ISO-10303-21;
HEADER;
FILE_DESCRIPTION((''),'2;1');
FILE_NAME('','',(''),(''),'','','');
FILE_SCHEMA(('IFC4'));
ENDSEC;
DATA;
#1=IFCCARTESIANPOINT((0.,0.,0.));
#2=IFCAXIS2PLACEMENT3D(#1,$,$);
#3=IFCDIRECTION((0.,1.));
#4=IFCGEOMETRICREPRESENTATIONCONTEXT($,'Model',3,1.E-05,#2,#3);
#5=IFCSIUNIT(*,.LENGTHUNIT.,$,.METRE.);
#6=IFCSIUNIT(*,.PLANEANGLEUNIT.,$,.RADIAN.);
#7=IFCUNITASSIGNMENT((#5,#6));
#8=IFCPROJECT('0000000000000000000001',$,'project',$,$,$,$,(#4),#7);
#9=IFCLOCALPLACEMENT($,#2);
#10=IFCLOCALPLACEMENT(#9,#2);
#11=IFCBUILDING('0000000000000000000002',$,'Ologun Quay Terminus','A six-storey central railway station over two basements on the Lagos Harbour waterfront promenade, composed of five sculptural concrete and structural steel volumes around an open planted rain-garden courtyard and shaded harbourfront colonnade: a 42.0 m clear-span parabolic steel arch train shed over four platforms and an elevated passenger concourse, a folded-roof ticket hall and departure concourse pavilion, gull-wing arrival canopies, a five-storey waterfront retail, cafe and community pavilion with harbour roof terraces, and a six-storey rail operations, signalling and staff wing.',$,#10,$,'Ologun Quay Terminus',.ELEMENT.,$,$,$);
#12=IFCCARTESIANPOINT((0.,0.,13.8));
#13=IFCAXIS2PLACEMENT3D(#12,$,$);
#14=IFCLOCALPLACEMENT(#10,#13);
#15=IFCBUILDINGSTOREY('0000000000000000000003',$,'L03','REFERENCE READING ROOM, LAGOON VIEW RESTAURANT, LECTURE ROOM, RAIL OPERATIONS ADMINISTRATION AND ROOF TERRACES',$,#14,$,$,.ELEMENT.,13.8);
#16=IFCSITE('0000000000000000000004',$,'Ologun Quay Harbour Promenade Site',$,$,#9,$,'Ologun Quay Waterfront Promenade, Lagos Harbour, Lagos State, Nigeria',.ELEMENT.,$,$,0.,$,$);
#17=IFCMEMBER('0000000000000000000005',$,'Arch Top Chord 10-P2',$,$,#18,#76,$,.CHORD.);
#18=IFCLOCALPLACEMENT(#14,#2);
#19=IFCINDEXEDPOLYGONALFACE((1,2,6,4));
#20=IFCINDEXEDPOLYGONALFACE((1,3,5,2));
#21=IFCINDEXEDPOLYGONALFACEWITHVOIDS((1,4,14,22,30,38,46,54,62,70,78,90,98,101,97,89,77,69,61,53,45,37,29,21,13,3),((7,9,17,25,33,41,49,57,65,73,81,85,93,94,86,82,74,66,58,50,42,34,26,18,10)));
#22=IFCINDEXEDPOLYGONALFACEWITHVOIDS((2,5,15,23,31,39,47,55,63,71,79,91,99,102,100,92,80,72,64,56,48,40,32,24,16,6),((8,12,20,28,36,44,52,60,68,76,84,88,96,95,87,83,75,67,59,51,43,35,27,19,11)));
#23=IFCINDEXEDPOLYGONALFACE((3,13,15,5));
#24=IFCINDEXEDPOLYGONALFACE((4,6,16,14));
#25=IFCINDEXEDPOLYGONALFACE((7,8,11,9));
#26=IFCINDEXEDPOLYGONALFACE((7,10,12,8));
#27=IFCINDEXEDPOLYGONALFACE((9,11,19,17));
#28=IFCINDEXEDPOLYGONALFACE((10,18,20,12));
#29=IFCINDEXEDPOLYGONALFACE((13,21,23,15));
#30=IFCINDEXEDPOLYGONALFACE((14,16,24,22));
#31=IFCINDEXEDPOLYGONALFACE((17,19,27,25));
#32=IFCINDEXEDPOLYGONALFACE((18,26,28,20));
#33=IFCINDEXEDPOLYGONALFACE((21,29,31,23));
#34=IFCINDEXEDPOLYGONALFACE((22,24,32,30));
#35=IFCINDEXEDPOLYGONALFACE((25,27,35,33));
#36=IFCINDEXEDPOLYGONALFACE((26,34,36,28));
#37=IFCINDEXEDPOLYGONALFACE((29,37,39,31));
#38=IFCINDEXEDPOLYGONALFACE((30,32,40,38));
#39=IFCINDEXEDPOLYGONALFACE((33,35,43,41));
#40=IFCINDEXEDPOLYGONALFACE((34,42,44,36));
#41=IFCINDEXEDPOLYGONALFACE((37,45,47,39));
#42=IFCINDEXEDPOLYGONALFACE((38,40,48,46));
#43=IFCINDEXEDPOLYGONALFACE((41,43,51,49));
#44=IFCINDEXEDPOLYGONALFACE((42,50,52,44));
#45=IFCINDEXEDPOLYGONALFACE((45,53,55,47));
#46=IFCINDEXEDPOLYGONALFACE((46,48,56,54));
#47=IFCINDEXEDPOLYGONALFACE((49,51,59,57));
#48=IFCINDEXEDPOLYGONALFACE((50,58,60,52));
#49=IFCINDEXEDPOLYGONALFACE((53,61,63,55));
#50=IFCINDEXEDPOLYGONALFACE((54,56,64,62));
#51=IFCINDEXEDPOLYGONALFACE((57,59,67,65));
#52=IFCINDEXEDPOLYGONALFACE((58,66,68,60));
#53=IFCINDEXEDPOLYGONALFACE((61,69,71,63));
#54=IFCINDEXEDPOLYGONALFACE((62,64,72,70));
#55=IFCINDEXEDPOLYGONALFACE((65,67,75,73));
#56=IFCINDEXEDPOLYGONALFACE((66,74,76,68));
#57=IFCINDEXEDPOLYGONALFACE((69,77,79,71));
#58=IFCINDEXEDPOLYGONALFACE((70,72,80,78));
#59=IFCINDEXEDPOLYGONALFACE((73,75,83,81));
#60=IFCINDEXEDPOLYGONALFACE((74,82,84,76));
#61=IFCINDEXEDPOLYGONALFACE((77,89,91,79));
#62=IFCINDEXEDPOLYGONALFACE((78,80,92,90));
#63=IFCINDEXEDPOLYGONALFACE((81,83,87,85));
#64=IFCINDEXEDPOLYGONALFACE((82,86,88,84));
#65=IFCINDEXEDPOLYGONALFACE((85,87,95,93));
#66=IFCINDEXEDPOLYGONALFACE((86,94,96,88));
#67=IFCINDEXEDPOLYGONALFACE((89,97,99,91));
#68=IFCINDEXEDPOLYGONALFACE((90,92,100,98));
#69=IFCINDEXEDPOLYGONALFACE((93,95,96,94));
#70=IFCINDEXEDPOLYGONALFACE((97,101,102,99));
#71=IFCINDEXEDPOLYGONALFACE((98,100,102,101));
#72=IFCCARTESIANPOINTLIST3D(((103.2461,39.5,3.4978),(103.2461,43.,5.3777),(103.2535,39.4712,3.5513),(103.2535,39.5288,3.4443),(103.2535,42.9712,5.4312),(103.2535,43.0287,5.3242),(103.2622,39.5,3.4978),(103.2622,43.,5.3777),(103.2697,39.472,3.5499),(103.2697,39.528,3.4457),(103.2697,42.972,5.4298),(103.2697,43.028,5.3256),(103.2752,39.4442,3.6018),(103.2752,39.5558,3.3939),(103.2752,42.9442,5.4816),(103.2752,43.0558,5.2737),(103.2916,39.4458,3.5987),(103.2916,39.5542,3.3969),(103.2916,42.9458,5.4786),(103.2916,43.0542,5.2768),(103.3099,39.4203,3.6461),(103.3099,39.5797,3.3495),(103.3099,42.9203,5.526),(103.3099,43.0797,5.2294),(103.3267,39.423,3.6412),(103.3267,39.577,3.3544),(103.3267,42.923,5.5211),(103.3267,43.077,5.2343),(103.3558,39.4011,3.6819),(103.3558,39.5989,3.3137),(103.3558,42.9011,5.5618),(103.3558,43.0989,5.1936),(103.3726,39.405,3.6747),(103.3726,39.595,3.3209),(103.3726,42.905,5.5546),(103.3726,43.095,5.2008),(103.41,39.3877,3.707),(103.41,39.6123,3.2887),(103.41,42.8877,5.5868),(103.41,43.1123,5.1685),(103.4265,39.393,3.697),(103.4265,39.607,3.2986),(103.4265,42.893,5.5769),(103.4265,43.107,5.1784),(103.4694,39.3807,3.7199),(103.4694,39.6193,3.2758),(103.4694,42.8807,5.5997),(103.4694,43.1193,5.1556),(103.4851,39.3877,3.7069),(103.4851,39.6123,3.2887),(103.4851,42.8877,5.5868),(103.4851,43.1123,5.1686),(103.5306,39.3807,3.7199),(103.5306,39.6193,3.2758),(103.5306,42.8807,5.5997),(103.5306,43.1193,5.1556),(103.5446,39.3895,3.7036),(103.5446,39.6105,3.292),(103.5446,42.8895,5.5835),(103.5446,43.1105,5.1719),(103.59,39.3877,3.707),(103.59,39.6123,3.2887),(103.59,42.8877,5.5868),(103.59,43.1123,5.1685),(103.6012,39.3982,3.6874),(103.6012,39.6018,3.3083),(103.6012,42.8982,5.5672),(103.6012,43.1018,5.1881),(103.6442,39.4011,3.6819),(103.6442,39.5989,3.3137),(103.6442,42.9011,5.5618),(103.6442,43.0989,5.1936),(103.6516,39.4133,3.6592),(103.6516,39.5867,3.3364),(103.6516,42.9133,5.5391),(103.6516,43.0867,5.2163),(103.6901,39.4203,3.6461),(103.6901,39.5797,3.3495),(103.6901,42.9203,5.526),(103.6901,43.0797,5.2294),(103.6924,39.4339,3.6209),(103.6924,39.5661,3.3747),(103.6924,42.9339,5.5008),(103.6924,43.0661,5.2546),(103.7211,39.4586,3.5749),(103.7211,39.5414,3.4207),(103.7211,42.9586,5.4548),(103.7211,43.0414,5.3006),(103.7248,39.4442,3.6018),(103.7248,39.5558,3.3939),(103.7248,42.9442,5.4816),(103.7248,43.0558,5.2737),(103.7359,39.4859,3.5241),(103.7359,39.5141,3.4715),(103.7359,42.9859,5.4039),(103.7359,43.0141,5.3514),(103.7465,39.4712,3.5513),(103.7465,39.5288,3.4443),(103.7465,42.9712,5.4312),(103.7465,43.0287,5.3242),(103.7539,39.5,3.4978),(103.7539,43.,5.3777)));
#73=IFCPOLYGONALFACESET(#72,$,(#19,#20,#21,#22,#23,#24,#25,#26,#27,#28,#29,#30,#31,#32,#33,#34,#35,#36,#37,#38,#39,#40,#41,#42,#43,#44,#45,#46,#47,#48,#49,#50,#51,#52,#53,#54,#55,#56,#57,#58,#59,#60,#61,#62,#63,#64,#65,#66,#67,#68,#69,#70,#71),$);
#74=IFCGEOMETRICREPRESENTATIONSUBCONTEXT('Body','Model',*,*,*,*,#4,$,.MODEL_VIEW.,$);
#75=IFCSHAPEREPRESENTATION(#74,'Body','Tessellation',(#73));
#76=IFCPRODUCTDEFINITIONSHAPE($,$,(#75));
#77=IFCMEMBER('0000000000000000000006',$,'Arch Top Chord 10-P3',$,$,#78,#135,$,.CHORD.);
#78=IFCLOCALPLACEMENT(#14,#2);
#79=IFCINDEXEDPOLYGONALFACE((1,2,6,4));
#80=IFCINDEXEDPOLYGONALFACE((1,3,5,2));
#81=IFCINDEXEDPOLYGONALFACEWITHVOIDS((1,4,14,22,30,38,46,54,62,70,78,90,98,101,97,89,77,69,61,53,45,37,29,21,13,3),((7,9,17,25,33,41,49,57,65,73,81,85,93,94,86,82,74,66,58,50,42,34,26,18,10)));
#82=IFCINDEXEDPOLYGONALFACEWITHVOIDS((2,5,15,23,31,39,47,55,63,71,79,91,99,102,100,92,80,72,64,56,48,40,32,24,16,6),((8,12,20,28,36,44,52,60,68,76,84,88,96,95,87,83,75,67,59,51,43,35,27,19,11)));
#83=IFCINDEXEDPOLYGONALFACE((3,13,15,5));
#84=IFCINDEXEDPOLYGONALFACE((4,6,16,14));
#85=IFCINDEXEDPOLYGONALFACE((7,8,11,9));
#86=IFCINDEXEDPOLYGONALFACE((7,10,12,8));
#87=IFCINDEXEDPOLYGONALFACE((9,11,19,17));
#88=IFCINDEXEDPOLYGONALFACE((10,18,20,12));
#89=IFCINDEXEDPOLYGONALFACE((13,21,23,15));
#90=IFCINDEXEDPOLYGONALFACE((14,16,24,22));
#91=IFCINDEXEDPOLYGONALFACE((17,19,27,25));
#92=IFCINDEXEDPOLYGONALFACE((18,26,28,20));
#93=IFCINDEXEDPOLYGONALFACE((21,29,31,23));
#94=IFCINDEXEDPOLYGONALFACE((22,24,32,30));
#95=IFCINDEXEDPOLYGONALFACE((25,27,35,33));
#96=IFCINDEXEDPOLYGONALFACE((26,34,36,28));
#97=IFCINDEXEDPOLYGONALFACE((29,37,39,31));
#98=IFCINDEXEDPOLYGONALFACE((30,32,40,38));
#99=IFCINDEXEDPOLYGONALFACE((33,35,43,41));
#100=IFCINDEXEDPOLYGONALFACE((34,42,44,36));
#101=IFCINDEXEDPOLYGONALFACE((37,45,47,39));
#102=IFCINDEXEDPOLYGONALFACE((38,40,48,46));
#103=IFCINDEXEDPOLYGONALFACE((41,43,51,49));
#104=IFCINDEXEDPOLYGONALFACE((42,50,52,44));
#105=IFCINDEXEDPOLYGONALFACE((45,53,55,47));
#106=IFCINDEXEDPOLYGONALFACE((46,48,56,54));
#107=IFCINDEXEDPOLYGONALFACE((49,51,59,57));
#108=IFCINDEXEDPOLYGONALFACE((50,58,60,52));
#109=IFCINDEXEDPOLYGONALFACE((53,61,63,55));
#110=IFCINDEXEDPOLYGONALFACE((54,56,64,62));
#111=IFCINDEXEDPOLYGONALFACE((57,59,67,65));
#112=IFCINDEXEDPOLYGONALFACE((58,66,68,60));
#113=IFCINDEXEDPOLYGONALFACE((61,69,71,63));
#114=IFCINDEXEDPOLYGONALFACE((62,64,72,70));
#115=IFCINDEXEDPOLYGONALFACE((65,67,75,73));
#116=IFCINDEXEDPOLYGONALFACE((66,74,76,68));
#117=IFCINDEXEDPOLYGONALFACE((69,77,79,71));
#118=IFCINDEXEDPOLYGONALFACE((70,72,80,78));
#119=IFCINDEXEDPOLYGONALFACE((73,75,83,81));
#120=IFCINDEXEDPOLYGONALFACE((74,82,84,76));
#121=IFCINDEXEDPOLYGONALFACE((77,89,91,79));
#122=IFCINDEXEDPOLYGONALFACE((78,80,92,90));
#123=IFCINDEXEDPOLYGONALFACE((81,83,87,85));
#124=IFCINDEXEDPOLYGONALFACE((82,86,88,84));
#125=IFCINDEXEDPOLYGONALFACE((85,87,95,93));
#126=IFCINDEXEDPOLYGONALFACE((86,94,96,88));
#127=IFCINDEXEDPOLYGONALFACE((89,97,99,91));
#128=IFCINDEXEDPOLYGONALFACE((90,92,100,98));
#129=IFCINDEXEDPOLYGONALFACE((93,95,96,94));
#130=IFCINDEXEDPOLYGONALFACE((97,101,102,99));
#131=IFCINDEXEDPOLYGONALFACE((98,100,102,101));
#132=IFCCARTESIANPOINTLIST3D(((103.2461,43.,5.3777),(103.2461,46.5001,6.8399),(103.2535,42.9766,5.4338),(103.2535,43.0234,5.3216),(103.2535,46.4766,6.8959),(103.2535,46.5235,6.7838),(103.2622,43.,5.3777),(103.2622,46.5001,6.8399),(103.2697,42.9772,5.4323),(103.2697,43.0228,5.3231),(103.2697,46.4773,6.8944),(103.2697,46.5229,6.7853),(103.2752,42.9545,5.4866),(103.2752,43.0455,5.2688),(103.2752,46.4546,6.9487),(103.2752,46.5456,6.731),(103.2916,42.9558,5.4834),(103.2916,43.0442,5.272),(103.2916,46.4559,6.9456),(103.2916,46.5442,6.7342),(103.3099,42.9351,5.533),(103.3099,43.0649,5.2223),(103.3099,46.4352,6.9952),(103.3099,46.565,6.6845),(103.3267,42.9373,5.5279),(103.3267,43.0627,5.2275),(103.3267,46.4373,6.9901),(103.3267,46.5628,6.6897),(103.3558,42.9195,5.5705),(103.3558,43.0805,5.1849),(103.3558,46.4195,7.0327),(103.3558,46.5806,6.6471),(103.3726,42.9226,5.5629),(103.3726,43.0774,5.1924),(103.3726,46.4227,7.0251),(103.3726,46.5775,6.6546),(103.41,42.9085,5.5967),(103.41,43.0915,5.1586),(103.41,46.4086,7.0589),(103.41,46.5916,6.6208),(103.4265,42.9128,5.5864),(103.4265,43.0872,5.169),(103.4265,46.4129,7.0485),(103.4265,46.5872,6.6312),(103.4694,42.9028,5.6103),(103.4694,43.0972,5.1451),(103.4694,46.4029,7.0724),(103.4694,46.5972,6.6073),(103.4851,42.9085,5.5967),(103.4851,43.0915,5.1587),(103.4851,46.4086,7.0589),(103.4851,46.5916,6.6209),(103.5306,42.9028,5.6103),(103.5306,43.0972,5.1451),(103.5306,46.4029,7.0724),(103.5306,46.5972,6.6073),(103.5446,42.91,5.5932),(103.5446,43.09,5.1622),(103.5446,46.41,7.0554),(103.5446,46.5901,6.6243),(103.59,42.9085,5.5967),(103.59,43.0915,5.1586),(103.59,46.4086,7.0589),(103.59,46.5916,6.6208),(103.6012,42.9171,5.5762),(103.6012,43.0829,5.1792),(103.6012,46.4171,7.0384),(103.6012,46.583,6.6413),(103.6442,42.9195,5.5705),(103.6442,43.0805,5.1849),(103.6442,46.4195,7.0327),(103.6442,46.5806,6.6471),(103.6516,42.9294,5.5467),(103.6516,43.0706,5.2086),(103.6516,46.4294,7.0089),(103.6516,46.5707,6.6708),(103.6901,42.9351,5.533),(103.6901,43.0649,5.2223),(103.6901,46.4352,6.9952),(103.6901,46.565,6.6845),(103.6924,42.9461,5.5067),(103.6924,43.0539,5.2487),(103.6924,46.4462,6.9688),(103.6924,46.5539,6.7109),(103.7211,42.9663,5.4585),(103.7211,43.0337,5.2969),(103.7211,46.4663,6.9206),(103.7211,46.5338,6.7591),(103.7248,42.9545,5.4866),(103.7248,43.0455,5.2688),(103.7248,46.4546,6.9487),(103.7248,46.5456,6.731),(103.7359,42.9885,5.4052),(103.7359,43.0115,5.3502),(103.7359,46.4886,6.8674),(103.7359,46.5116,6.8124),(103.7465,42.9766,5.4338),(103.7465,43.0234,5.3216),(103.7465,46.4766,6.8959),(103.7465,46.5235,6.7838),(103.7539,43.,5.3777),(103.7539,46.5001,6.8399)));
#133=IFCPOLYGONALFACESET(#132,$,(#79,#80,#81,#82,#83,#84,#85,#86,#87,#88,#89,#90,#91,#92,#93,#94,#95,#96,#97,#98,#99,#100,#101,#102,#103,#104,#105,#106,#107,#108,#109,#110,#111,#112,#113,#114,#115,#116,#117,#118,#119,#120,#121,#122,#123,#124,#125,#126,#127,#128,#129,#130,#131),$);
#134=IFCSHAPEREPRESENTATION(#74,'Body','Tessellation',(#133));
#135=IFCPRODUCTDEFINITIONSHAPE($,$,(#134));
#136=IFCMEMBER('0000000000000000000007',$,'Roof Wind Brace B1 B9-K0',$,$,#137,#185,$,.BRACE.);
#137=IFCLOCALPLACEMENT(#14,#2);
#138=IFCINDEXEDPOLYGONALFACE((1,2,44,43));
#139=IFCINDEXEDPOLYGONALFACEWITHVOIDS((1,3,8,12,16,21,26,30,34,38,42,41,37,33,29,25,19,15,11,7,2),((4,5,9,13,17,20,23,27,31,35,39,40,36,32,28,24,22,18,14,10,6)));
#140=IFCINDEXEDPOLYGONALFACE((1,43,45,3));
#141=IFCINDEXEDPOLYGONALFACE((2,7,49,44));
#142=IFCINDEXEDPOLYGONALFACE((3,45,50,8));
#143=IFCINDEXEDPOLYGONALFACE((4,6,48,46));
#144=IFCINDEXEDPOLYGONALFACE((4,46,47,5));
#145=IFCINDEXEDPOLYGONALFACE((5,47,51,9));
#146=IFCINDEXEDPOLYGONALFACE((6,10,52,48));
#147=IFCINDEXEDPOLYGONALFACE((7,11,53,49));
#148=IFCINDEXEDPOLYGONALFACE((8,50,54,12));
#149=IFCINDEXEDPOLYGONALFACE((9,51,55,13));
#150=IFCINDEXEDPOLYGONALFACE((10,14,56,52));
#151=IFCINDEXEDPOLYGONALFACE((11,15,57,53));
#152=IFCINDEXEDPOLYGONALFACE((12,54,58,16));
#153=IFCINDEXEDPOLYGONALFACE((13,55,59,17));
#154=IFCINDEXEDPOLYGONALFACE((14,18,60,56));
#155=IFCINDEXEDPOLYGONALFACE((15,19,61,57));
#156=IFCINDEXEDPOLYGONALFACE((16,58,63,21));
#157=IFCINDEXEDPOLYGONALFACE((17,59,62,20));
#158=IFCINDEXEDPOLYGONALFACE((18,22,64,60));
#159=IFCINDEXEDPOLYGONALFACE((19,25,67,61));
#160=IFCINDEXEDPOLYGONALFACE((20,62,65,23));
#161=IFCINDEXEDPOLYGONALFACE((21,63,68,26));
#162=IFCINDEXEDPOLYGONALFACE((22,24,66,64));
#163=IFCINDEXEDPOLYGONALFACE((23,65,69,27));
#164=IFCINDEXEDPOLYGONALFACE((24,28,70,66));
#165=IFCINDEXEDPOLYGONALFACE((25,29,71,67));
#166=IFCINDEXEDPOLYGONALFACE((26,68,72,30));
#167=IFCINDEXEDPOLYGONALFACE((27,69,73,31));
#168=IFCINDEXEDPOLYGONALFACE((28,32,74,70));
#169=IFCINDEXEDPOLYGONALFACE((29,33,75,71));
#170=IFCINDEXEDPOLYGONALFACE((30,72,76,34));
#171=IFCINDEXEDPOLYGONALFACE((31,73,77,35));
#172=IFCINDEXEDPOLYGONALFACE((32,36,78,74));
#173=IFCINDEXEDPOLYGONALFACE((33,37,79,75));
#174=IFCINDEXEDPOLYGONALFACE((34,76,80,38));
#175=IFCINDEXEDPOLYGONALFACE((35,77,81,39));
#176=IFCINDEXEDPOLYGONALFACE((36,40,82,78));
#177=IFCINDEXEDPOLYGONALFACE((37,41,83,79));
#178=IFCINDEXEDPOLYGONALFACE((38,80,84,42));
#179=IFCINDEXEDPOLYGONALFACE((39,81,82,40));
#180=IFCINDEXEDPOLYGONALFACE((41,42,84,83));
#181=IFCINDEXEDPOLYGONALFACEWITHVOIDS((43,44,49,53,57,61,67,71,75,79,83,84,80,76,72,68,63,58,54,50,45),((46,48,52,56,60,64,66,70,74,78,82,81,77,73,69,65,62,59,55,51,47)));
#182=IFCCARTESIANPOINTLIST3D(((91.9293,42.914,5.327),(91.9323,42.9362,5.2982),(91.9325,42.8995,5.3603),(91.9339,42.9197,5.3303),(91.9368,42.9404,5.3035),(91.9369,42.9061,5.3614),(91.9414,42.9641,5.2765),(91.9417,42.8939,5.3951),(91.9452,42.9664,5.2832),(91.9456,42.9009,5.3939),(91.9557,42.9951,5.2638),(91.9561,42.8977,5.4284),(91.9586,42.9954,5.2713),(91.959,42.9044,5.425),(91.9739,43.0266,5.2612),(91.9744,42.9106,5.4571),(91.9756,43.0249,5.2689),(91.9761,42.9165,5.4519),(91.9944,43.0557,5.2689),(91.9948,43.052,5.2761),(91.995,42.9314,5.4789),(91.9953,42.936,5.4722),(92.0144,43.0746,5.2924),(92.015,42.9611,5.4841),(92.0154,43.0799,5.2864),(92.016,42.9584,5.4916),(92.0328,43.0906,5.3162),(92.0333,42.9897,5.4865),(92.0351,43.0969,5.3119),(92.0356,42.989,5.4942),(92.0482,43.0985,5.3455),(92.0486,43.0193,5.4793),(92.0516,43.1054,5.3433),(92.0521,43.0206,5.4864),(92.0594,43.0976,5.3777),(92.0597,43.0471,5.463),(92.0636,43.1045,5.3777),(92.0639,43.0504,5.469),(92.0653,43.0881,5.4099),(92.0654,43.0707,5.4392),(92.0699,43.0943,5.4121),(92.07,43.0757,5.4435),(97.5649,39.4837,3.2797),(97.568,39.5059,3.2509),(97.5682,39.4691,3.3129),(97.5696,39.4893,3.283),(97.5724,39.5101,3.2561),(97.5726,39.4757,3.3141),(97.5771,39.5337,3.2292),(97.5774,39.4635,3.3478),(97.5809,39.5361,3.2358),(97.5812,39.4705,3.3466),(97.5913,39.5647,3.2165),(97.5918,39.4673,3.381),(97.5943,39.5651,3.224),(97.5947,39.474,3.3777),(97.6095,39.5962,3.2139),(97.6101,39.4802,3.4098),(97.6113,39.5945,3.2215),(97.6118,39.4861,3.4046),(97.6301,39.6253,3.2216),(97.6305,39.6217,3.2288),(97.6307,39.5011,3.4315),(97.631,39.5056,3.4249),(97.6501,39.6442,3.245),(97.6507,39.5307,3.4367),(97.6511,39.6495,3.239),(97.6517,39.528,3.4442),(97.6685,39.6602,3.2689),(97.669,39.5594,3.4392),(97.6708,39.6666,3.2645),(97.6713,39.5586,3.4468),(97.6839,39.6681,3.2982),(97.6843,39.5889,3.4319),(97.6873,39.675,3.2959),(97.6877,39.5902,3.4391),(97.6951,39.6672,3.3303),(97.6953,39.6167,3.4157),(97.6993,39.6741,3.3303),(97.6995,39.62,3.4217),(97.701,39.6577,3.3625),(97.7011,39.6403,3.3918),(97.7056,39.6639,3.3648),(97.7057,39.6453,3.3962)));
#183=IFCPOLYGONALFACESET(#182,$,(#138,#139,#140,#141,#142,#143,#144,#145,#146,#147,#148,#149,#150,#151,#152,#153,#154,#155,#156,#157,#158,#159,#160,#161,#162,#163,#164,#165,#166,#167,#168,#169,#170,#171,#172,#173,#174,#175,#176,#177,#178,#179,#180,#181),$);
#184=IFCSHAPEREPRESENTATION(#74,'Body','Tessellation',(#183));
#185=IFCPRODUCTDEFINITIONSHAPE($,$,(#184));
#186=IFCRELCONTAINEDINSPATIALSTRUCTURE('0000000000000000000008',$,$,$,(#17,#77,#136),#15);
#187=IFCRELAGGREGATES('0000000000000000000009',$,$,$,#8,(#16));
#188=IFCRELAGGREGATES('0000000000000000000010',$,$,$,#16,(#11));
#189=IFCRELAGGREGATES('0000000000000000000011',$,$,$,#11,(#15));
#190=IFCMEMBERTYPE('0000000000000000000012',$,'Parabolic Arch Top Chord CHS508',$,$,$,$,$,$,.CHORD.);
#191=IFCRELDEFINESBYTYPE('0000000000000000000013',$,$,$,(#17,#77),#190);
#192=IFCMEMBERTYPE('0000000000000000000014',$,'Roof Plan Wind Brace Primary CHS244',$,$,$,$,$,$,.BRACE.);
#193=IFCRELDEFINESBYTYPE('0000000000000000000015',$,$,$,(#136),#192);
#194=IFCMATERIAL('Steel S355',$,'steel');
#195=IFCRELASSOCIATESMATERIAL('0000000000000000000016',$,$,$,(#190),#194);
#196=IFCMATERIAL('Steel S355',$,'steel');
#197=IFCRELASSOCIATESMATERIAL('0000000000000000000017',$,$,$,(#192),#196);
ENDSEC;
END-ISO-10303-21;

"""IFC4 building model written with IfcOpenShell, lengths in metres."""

from ifc_helpers import new_model, si_unit, direction, frame, origin, origin_2d, place, context, subcontext, project, spatial, hollow_circle, extrude, material, material_profile, profile_set, type_object, element, save


model = new_model("IFC4")

# Units and contexts
model_context = context("Model", 3, precision=1e-05, world=origin(), true_north=direction((0.0, 1.0)))
body_context = subcontext(model_context, "Body", "Model", "MODEL_VIEW")
ifc_project = project(units=[si_unit("LENGTHUNIT", "METRE"), si_unit("PLANEANGLEUNIT", "RADIAN")], contexts=[model_context])

# Site, building, storey
site_placement = place(None, origin())
site = spatial("IfcSite", under=ifc_project, at=site_placement, Name="Ologun Quay Harbour Promenade Site", LongName="Ologun Quay Waterfront Promenade, Lagos Harbour, Lagos State, Nigeria", CompositionType="ELEMENT", RefElevation=0.0)
building_placement = place(site_placement, origin())
building = spatial("IfcBuilding", under=site, at=building_placement, Name="Ologun Quay Terminus", Description="A six-storey central railway station over two basements on the Lagos Harbour waterfront promenade, composed of five sculptural concrete and structural steel volumes around an open planted rain-garden courtyard and shaded harbourfront colonnade: a 42.0 m clear-span parabolic steel arch train shed over four platforms and an elevated passenger concourse, a folded-roof ticket hall and departure concourse pavilion, gull-wing arrival canopies, a five-storey waterfront retail, cafe and community pavilion with harbour roof terraces, and a six-storey rail operations, signalling and staff wing.", LongName="Ologun Quay Terminus", CompositionType="ELEMENT")
storey_placement = place(building_placement, frame((0.0, 0.0, 13.8)))
storey = spatial("IfcBuildingStorey", under=building, at=storey_placement, Name="L03", Description="REFERENCE READING ROOM, LAGOON VIEW RESTAURANT, LECTURE ROOM, RAIL OPERATIONS ADMINISTRATION AND ROOF TERRACES", CompositionType="ELEMENT", Elevation=13.8)

# Members
ifc_material_1 = material(Name="Steel S355", Category="steel")
ifc_material_profile_1 = material_profile(ifc_material_1, hollow_circle(Radius=0.2539, WallThickness=0.0161, at=origin_2d()), Name="CHS 508x16")
ifc_profile_set_1 = profile_set([ifc_material_profile_1], Name="Steel S355")
member_type_1 = type_object("IfcMemberType", Name="Parabolic Arch Top Chord CHS508", PredefinedType="CHORD", material=ifc_profile_set_1)
member_1_placement = place(storey_placement, frame((103.5, 39.5, 3.4978), z_axis=(0.0, 0.880968, 0.473176), x_axis=(-1.0, 0.0, 0.0)))
element("IfcMember", 1, at=member_1_placement, inside=storey, type_object=member_type_1, Name="Arch Top Chord 10-P2", PredefinedType="CHORD", context=body_context, shape_type="SweptSolid", body=[
    extrude(hollow_circle(Radius=0.2539, WallThickness=0.0161, at=origin_2d()), origin(), (0.0, 0.0, 1.0), 3.9729),
])
member_2_placement = place(storey_placement, frame((103.5, 43.0, 5.3777), z_axis=(0.0, 0.922719, 0.385474), x_axis=(-1.0, 0.0, 0.0)))
element("IfcMember", 2, at=member_2_placement, inside=storey, type_object=member_type_1, Name="Arch Top Chord 10-P3", PredefinedType="CHORD", context=body_context, shape_type="SweptSolid", body=[
    extrude(hollow_circle(Radius=0.2539, WallThickness=0.0161, at=origin_2d()), origin(), (0.0, 0.0, 1.0), 3.7932),
])
ifc_material_2 = material(Name="Steel S355", Category="steel")
ifc_material_profile_2 = material_profile(ifc_material_2, hollow_circle(Radius=0.1223, WallThickness=0.0081, at=origin_2d()), Name="CHS 244.5x8")
ifc_profile_set_2 = profile_set([ifc_material_profile_2], Name="Steel S355")
member_type_2 = type_object("IfcMemberType", Name="Roof Plan Wind Brace Primary CHS244", PredefinedType="BRACE", material=ifc_profile_set_2)
for number, where, z_axis, x_axis, name in (
    (3, (92.0, 43.0, 5.3777), (0.815823, -0.496583, -0.296374), (0.519943, 0.854201, 0.0), "Roof Wind Brace B1 B9-K0"),
):
    element("IfcMember", number, at=place(storey_placement, frame(where, z_axis=z_axis, x_axis=x_axis)), inside=storey, type_object=member_type_2, Name=name, PredefinedType="BRACE", context=body_context, shape_type="SweptSolid", body=[
        extrude(hollow_circle(Radius=0.1223, WallThickness=0.0081, at=origin_2d()), origin(), (0.0, 0.0, 1.0), 6.908),
    ])

save(model, "model.ifc")
